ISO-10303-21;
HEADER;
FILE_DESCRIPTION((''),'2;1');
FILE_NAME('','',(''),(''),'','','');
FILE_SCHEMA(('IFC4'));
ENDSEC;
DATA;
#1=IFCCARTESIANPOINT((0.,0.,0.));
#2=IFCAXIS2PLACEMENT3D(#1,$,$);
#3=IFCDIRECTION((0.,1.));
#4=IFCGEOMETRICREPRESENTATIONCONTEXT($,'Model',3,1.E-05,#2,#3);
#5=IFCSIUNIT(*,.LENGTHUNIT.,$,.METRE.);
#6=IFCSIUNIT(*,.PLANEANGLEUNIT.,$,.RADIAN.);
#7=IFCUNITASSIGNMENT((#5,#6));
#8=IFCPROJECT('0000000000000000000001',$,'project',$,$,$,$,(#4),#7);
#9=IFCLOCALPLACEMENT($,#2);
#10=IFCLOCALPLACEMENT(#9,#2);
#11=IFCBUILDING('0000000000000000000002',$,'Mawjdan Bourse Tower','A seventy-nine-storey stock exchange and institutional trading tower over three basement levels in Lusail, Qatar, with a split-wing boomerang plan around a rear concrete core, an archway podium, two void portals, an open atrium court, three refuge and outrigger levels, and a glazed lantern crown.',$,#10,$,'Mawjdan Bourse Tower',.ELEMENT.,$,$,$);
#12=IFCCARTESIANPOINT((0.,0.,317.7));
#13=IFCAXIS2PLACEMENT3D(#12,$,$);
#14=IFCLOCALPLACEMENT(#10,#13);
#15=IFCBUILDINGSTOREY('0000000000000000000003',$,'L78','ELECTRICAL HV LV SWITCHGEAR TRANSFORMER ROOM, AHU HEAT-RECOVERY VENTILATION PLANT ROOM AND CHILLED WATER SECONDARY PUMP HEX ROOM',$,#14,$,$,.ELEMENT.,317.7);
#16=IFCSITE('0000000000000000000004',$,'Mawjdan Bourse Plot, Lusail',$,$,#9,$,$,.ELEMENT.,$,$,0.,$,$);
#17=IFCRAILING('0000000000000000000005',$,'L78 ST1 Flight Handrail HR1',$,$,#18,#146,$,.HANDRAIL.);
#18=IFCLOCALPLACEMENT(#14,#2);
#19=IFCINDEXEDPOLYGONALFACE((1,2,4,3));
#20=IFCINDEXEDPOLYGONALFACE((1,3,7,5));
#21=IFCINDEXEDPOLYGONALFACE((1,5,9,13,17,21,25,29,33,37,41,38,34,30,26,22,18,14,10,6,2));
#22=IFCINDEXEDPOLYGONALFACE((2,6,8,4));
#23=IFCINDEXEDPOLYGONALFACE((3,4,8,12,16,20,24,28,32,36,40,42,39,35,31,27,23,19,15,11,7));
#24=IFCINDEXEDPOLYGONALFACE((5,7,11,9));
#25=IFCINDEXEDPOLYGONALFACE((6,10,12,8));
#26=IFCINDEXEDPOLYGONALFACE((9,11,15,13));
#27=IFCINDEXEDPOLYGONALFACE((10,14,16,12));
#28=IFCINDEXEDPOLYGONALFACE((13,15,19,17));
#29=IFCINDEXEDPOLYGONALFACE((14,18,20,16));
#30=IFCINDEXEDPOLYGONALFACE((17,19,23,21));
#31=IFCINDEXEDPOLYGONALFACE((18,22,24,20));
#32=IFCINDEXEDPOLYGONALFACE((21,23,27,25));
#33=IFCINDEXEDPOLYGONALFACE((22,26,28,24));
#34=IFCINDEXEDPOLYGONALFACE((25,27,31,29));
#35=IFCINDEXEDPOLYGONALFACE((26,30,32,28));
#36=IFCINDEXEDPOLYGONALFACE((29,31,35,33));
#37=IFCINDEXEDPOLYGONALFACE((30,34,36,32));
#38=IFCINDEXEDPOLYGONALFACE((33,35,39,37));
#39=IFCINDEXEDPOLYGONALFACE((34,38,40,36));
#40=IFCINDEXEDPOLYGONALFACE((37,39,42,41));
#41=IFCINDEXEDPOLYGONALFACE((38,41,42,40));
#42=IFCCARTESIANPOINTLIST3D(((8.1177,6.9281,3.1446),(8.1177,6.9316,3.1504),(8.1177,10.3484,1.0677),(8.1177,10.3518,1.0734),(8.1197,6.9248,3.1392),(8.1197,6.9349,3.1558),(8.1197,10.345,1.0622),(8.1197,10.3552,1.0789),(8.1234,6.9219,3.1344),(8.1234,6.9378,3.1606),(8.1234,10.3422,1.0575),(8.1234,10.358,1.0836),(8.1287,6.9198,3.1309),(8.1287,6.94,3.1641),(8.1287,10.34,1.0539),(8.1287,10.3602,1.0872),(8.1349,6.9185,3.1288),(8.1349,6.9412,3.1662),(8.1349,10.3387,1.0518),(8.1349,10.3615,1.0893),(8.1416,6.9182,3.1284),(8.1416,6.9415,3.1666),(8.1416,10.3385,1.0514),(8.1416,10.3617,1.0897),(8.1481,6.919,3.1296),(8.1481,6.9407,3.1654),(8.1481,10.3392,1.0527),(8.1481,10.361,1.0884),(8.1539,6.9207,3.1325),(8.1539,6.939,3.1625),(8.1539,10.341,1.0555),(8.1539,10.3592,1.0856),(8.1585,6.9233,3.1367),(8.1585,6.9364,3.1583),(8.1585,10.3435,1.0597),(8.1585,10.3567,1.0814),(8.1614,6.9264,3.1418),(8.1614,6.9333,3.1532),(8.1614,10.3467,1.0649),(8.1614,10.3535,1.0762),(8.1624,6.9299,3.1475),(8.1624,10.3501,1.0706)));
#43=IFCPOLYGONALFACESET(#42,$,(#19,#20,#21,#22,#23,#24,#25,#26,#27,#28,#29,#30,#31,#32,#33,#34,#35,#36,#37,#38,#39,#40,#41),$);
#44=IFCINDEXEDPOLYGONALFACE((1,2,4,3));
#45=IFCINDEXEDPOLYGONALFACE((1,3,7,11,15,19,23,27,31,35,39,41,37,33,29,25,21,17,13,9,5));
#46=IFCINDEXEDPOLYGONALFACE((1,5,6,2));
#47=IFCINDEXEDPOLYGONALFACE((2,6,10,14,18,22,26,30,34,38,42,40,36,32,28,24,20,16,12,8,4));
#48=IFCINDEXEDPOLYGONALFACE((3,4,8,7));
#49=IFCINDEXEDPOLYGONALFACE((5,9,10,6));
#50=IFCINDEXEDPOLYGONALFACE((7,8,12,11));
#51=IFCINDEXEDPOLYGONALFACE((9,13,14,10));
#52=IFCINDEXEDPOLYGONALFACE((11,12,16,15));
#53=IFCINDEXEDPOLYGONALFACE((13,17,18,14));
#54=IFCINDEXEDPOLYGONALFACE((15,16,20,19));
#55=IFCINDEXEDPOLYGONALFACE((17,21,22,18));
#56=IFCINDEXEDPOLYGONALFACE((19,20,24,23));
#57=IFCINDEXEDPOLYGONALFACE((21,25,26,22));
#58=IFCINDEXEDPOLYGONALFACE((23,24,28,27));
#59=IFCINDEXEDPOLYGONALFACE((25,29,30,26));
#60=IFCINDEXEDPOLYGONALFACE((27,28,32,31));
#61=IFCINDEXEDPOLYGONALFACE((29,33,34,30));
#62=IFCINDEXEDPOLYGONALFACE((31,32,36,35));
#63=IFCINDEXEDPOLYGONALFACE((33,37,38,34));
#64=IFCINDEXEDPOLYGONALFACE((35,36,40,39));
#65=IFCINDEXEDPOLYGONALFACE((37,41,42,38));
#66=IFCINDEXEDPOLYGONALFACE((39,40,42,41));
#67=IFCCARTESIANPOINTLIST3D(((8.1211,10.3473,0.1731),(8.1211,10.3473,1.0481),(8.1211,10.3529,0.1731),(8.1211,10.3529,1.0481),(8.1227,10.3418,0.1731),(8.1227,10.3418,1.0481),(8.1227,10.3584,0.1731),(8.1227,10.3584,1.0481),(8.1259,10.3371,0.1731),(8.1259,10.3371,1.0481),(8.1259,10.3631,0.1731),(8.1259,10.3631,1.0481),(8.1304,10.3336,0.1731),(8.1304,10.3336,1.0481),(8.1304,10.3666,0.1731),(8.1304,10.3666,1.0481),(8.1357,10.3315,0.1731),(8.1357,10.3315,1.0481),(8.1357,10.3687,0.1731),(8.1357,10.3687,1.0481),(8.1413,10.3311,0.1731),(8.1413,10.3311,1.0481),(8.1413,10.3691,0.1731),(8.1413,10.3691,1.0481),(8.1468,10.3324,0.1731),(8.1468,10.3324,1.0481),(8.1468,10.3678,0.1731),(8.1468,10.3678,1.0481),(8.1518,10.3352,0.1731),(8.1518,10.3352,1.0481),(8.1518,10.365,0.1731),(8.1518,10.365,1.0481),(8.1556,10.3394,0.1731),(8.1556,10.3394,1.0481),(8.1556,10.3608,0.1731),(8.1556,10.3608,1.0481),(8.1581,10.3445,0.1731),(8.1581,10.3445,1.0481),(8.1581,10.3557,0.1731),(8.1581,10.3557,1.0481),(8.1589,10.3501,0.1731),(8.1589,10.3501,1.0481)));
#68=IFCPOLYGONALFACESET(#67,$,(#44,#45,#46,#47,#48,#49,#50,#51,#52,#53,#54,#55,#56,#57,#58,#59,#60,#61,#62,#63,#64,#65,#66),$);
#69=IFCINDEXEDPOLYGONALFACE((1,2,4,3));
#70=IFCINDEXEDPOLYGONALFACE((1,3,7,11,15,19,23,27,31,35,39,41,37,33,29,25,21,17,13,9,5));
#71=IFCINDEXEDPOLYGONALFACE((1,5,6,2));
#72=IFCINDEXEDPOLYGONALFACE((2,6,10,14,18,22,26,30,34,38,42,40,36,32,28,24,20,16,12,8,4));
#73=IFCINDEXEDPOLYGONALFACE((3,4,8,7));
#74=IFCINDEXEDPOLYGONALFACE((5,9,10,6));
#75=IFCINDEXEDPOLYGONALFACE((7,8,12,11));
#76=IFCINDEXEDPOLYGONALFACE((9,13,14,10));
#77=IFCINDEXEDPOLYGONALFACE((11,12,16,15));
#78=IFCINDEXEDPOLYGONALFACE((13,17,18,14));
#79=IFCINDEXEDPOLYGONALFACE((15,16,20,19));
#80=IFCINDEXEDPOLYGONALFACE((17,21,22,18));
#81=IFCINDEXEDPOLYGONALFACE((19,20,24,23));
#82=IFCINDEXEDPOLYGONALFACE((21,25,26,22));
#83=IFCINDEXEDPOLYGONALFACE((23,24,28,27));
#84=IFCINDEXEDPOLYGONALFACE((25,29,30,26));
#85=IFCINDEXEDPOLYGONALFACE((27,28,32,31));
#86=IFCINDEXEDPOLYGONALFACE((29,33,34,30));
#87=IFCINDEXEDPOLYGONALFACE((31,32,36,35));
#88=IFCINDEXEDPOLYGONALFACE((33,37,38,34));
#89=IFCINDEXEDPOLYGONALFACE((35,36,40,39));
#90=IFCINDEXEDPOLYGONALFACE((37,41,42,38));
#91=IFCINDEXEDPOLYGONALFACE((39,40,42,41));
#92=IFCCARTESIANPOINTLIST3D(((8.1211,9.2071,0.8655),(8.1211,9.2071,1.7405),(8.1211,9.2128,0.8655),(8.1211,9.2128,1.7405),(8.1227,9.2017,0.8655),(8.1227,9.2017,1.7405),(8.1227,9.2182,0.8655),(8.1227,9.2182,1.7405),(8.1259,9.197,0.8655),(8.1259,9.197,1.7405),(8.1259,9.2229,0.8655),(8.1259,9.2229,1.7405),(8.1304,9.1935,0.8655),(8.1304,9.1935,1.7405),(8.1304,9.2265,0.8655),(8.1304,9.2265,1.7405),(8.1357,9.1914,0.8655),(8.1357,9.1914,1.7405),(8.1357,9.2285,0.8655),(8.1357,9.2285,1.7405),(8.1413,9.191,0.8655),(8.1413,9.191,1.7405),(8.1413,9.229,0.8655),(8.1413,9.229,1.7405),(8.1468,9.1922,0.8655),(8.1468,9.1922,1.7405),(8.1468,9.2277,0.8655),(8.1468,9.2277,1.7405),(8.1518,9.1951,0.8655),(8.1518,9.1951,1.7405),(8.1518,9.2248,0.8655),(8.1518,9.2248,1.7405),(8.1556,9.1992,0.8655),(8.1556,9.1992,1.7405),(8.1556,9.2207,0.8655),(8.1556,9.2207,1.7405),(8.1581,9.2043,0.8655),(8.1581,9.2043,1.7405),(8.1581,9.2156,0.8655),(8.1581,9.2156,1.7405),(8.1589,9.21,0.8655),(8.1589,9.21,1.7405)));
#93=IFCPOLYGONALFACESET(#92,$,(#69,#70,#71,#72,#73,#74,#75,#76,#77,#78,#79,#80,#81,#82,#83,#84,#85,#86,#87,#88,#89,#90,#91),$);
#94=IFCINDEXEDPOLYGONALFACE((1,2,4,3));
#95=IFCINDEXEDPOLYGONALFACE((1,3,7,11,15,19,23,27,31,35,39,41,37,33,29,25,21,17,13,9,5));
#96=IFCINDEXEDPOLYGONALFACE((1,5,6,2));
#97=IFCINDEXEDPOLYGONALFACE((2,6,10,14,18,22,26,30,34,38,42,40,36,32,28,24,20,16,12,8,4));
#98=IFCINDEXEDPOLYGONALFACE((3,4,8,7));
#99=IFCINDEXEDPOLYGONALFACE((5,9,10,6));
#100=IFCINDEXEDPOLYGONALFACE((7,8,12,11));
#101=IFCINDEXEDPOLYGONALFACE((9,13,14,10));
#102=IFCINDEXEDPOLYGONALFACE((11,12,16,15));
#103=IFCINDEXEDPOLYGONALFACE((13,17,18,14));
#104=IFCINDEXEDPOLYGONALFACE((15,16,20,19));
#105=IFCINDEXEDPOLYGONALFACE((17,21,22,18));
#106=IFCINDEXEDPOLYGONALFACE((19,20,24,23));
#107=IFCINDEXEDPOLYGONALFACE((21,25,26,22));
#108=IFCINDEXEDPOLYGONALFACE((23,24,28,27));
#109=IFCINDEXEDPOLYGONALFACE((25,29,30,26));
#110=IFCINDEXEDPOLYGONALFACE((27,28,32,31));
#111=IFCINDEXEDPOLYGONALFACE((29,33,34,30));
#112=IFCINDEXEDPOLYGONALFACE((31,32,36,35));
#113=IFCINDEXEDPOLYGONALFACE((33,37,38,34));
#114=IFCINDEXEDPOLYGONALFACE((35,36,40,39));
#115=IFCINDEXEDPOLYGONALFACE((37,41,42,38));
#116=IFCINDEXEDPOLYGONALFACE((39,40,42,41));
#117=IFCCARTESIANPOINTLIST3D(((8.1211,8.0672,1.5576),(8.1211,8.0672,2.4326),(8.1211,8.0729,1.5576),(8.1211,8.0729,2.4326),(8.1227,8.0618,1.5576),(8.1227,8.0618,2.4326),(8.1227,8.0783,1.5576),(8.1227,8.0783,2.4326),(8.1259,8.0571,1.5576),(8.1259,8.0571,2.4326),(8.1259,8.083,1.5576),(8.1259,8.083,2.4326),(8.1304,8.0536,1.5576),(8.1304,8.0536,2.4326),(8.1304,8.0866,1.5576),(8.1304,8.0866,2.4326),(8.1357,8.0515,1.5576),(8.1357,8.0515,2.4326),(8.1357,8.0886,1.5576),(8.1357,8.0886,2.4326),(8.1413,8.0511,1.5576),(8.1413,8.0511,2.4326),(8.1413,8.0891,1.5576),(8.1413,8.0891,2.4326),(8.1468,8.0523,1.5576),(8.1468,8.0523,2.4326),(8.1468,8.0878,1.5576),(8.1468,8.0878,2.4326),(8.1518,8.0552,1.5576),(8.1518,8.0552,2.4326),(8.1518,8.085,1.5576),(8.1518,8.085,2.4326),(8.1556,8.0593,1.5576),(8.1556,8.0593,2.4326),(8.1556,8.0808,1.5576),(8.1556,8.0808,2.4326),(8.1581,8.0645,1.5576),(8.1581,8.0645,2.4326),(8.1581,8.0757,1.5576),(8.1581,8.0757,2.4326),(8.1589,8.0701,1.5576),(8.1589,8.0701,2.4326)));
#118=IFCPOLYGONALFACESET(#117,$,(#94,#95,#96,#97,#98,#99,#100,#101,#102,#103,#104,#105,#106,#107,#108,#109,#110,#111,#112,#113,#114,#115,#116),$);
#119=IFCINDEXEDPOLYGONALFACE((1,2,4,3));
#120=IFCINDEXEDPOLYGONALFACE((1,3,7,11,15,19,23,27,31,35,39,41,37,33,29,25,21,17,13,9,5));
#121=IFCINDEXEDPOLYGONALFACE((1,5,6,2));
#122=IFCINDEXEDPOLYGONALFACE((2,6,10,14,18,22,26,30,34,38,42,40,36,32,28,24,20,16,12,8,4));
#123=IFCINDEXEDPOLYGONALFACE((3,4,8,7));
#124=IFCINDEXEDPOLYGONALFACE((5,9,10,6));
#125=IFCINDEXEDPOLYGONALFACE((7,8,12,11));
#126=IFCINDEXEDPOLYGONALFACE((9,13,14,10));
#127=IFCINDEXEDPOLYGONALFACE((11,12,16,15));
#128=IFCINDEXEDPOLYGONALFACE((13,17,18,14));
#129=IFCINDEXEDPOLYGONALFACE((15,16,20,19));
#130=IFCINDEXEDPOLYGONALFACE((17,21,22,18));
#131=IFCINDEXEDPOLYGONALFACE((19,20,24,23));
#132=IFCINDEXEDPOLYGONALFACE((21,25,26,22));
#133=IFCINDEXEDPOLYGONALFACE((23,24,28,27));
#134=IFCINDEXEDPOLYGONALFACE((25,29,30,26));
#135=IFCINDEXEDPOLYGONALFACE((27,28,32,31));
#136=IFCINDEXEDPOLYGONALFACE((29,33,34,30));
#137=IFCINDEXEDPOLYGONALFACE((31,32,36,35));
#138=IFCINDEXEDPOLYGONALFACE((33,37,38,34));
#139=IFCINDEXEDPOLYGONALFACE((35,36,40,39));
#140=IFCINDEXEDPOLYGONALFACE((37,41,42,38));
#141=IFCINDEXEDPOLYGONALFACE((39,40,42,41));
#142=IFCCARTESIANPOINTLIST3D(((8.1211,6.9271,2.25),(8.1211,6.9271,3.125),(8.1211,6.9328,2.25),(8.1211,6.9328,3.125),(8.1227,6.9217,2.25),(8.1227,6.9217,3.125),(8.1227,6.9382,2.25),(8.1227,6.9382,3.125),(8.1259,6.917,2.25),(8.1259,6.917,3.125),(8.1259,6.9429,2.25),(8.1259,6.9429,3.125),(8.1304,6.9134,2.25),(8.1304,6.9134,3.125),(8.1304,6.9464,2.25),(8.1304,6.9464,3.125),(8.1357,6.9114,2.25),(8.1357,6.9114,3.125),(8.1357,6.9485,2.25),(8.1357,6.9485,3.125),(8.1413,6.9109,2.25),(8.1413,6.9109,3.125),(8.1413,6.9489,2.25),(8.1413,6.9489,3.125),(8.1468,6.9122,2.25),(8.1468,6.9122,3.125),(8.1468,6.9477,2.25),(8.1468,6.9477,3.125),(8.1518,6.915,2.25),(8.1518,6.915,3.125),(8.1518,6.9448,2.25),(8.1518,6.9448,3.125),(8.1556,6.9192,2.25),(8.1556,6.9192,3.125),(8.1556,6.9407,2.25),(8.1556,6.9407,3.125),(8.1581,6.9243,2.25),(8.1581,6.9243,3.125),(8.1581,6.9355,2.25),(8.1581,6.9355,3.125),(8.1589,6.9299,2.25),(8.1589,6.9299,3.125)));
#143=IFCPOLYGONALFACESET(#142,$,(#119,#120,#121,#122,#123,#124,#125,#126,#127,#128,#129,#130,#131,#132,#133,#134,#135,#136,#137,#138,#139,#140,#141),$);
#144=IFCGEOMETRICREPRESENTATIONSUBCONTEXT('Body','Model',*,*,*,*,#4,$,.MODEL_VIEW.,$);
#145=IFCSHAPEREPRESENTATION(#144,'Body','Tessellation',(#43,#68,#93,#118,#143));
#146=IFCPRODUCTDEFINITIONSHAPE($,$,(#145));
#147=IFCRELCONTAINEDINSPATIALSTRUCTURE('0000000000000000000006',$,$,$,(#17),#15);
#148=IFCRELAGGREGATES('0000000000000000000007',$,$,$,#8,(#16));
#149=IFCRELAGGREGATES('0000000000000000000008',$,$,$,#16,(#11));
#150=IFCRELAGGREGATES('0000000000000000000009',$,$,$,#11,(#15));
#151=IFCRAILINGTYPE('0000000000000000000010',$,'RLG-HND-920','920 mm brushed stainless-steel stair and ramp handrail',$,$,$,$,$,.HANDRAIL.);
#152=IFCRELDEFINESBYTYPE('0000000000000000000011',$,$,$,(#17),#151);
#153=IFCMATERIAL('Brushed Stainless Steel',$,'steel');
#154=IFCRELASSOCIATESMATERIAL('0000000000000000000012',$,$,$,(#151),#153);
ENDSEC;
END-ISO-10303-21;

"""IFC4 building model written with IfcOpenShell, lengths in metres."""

from ifc_helpers import new_model, si_unit, direction, frame, origin, origin_2d, place, context, subcontext, project, spatial, circle, extrude, material, type_object, element, save


model = new_model("IFC4")

# Units and contexts
model_context = context("Model", 3, precision=1e-05, world=origin(), true_north=direction((0.0, 1.0)))
body_context = subcontext(model_context, "Body", "Model", "MODEL_VIEW")
ifc_project = project(units=[si_unit("LENGTHUNIT", "METRE"), si_unit("PLANEANGLEUNIT", "RADIAN")], contexts=[model_context])

# Site, building, storey
site_placement = place(None, origin())
site = spatial("IfcSite", under=ifc_project, at=site_placement, Name="Mawjdan Bourse Plot, Lusail", CompositionType="ELEMENT", RefElevation=0.0)
building_placement = place(site_placement, origin())
building = spatial("IfcBuilding", under=site, at=building_placement, Name="Mawjdan Bourse Tower", Description="A seventy-nine-storey stock exchange and institutional trading tower over three basement levels in Lusail, Qatar, with a split-wing boomerang plan around a rear concrete core, an archway podium, two void portals, an open atrium court, three refuge and outrigger levels, and a glazed lantern crown.", LongName="Mawjdan Bourse Tower", CompositionType="ELEMENT")
storey_placement = place(building_placement, frame((0.0, 0.0, 317.7)))
storey = spatial("IfcBuildingStorey", under=building, at=storey_placement, Name="L78", Description="ELECTRICAL HV LV SWITCHGEAR TRANSFORMER ROOM, AHU HEAT-RECOVERY VENTILATION PLANT ROOM AND CHILLED WATER SECONDARY PUMP HEX ROOM", CompositionType="ELEMENT", Elevation=317.7)

# Shared definitions
ifc_material_1 = material(Name="Brushed Stainless Steel", Category="steel")

# Railing
railing_type_1 = type_object("IfcRailingType", Name="RLG-HND-920", Description="920 mm brushed stainless-steel stair and ramp handrail", PredefinedType="HANDRAIL", material=ifc_material_1)
railing_1_placement = place(storey_placement, frame((8.1399, 10.3501, 0.1731)))
element("IfcRailing", 1, at=railing_1_placement, inside=storey, type_object=railing_type_1, Name="L78 ST1 Flight Handrail HR1", PredefinedType="HANDRAIL", context=body_context, shape_type="SweptSolid", body=[
    extrude(circle(Radius=0.0225, at=origin_2d()), frame((0.0, 0.0, 0.8975), z_axis=(0.0, -0.854746, 0.519047), x_axis=(1.0, 0.0, 0.0)), (0.0, 0.0, 1.0), 4.0015),
    extrude(circle(Radius=0.019, at=origin_2d()), origin(), (0.0, 0.0, 1.0), 0.875),
    extrude(circle(Radius=0.019, at=origin_2d()), frame((0.0, -1.1401, 0.6924)), (0.0, 0.0, 1.0), 0.875),
    extrude(circle(Radius=0.019, at=origin_2d()), frame((0.0, -2.28, 1.3845)), (0.0, 0.0, 1.0), 0.875),
    extrude(circle(Radius=0.019, at=origin_2d()), frame((0.0, -3.4202, 2.0769)), (0.0, 0.0, 1.0), 0.875),
])

save(model, "model.ifc")
